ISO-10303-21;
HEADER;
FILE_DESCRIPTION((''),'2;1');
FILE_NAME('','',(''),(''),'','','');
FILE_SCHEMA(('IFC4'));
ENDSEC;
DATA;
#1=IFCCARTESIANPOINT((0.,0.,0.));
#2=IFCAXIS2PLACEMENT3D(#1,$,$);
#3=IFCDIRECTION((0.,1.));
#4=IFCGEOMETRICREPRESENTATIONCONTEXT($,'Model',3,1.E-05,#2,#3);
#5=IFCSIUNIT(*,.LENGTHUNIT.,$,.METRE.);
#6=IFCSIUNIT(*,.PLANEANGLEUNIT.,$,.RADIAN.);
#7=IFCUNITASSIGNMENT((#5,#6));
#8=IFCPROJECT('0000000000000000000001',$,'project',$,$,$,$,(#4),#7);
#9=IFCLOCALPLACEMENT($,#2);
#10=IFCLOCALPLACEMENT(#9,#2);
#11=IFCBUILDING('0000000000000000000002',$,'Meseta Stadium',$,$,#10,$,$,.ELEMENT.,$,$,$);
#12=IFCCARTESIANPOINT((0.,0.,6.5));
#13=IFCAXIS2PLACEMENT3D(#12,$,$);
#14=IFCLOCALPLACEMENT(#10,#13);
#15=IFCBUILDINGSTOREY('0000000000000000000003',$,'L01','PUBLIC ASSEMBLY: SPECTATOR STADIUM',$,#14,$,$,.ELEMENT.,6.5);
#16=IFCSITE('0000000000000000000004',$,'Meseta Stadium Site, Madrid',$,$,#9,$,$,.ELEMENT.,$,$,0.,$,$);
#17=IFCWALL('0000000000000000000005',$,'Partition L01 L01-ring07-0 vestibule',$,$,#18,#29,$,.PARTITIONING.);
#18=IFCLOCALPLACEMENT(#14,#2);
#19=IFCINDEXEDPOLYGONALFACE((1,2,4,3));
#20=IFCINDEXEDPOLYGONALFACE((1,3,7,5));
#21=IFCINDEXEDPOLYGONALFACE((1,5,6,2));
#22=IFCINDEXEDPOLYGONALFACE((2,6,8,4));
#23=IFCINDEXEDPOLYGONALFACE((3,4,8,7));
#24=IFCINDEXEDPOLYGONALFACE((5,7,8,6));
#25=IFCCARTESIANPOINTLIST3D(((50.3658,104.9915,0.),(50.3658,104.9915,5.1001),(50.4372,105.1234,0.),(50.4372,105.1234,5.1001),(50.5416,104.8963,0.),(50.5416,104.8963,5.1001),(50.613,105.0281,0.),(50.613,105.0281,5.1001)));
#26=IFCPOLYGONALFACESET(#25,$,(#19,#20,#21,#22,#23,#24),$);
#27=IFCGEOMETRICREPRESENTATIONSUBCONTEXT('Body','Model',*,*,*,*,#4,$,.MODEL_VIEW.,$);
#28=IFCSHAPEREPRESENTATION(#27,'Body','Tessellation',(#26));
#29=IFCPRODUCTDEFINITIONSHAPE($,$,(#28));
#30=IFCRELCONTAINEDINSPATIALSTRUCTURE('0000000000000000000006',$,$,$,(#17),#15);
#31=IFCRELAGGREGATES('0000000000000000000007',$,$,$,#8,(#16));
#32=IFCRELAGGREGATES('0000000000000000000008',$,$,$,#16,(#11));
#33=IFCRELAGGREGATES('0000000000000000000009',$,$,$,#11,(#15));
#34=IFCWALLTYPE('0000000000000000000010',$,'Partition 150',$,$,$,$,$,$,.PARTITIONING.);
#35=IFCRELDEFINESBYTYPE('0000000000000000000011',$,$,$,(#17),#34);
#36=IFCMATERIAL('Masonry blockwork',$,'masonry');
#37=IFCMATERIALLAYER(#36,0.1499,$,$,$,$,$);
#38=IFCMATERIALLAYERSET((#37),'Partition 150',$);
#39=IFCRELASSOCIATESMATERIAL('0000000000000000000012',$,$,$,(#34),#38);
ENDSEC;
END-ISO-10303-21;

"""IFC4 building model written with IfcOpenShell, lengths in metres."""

from ifc_helpers import new_model, si_unit, direction, frame, frame_2d, origin, place, context, subcontext, project, spatial, rectangle, extrude, material, layer, layer_set, type_object, element, save


model = new_model("IFC4")

# Units and contexts
model_context = context("Model", 3, precision=1e-05, world=origin(), true_north=direction((0.0, 1.0)))
body_context = subcontext(model_context, "Body", "Model", "MODEL_VIEW")
ifc_project = project(units=[si_unit("LENGTHUNIT", "METRE"), si_unit("PLANEANGLEUNIT", "RADIAN")], contexts=[model_context])

# Site, building, storey
site_placement = place(None, origin())
site = spatial("IfcSite", under=ifc_project, at=site_placement, Name="Meseta Stadium Site, Madrid", CompositionType="ELEMENT", RefElevation=0.0)
building_placement = place(site_placement, origin())
building = spatial("IfcBuilding", under=site, at=building_placement, Name="Meseta Stadium", CompositionType="ELEMENT")
storey_placement = place(building_placement, frame((0.0, 0.0, 6.5)))
storey = spatial("IfcBuildingStorey", under=building, at=storey_placement, Name="L01", Description="PUBLIC ASSEMBLY: SPECTATOR STADIUM", CompositionType="ELEMENT", Elevation=6.5)

# Shared definitions
ifc_material_1 = material(Name="Masonry blockwork", Category="masonry")
ifc_layer_1 = layer(ifc_material_1, 0.1499)
ifc_layer_set_1 = layer_set([ifc_layer_1], Name="Partition 150")
wall_type = type_object("IfcWallType", Name="Partition 150", PredefinedType="PARTITIONING", material=ifc_layer_set_1)

# Wall
wall_1_placement = place(storey_placement, frame((50.5774, 104.9622, 0.0), z_axis=(0.0, 0.0, 1.0), x_axis=(-0.879292, 0.476283, 0.0)))
element("IfcWall", 1, at=wall_1_placement, inside=storey, type_object=wall_type, Name="Partition L01 L01-ring07-0 vestibule", PredefinedType="PARTITIONING", context=body_context, shape_type="SweptSolid", body=[
    extrude(rectangle(XDim=0.2, YDim=0.1499, at=frame_2d((0.1001, 0.0))), origin(), (0.0, 0.0, 1.0), 5.1001),
])

save(model, "model.ifc")
